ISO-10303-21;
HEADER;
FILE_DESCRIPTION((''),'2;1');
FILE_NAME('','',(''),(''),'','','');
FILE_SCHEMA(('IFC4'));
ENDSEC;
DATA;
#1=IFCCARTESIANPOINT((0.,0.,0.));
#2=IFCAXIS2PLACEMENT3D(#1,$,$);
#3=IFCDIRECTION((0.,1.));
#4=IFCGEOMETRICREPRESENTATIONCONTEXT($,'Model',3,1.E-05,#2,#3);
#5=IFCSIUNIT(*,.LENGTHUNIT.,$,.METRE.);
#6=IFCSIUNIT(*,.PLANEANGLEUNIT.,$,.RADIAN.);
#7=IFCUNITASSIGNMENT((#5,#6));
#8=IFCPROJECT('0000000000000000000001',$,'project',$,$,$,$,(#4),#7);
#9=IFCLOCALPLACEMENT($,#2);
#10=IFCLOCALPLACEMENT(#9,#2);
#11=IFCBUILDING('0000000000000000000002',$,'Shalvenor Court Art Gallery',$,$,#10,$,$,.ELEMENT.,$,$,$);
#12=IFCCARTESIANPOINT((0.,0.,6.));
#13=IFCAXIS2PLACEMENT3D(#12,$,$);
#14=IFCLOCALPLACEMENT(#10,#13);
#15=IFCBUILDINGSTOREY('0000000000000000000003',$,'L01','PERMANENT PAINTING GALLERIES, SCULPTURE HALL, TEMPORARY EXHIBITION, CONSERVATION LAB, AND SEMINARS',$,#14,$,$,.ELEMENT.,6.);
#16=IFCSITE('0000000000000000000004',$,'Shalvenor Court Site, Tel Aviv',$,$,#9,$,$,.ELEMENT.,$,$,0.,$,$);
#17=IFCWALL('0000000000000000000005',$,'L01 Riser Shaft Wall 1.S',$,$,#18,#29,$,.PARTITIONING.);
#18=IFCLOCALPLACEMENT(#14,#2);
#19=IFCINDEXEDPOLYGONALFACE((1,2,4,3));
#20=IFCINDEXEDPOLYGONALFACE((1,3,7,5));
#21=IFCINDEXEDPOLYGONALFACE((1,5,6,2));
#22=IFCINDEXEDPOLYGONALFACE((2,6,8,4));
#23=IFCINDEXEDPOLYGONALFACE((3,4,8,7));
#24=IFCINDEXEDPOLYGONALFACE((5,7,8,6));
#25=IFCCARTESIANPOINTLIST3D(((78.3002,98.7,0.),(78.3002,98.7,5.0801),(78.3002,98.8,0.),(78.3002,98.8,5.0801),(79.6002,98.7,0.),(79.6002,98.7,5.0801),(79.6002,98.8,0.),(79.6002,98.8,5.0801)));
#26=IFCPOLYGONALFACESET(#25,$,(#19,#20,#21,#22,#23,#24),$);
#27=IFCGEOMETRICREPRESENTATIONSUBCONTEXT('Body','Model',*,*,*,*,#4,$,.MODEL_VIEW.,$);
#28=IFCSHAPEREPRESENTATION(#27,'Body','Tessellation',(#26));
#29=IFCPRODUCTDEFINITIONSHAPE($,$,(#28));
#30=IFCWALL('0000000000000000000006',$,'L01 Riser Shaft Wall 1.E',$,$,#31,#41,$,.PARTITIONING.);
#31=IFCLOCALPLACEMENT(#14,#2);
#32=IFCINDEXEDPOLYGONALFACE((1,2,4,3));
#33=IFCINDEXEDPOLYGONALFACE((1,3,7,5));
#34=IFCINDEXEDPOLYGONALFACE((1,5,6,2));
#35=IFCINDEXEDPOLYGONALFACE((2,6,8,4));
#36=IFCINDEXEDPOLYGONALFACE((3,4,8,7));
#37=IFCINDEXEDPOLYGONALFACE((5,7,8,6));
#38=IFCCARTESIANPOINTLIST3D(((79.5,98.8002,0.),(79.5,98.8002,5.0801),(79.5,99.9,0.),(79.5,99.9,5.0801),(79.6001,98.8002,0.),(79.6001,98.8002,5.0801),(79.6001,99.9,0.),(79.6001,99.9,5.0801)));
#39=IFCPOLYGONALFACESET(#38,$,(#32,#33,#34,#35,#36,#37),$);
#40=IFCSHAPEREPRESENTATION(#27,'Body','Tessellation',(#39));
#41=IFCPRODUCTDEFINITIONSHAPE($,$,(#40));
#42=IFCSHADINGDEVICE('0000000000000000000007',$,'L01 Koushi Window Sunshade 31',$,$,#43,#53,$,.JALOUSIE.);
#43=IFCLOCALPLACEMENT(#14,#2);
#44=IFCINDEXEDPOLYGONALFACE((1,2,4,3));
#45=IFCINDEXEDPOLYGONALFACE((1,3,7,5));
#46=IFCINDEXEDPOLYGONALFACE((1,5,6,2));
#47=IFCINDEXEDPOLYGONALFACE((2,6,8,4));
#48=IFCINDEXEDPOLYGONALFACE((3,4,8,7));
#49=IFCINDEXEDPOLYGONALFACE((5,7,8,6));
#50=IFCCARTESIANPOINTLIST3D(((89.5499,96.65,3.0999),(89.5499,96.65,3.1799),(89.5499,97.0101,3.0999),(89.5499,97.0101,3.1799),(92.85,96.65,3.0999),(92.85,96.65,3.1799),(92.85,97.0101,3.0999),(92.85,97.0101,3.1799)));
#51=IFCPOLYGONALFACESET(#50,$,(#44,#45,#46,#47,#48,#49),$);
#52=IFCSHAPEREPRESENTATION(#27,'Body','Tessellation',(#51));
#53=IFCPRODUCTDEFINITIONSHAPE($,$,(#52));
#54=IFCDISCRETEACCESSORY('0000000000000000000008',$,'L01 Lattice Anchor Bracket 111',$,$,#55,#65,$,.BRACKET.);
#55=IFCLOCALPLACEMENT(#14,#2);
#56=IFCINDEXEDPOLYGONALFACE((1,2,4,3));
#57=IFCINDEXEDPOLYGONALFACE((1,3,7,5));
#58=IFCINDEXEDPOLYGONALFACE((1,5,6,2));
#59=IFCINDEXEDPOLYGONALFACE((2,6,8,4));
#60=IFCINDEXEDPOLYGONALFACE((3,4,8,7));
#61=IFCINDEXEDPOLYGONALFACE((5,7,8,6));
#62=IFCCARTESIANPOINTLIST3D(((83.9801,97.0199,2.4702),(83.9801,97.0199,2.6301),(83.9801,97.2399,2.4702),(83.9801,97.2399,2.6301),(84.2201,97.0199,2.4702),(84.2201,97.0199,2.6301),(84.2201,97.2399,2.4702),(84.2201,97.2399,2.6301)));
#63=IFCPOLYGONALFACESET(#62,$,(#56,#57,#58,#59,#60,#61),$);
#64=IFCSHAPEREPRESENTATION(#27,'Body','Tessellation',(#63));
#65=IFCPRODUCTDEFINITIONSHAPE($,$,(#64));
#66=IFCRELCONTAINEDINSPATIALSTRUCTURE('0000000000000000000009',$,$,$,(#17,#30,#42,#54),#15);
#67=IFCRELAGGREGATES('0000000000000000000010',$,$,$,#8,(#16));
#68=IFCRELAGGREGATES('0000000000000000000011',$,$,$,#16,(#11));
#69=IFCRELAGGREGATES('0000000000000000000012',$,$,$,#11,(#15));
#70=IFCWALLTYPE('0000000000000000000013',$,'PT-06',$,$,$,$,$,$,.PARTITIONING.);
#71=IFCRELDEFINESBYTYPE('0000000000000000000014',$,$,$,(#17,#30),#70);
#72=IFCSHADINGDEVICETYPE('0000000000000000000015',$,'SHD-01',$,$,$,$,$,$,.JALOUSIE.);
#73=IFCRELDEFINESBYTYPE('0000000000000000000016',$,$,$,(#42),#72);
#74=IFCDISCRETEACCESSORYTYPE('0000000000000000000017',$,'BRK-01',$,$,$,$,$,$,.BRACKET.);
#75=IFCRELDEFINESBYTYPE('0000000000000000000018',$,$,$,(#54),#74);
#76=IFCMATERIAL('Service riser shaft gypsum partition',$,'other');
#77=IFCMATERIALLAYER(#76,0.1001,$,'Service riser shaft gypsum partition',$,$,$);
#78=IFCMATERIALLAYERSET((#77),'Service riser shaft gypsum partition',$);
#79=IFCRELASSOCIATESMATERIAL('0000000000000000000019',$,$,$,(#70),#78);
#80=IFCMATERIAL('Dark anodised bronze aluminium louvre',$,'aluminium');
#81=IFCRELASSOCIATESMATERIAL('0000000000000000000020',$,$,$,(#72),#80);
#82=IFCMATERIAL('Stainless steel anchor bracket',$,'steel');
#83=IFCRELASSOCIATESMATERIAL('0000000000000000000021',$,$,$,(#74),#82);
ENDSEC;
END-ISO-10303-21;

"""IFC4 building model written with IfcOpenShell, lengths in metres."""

from ifc_helpers import new_model, si_unit, direction, frame, frame_2d, origin, origin_2d, place, context, subcontext, project, spatial, rectangle, extrude, material, layer, layer_set, type_object, element, save


model = new_model("IFC4")

# Units and contexts
model_context = context("Model", 3, precision=1e-05, world=origin(), true_north=direction((0.0, 1.0)))
body_context = subcontext(model_context, "Body", "Model", "MODEL_VIEW")
ifc_project = project(units=[si_unit("LENGTHUNIT", "METRE"), si_unit("PLANEANGLEUNIT", "RADIAN")], contexts=[model_context])

# Site, building, storey
site_placement = place(None, origin())
site = spatial("IfcSite", under=ifc_project, at=site_placement, Name="Shalvenor Court Site, Tel Aviv", CompositionType="ELEMENT", RefElevation=0.0)
building_placement = place(site_placement, origin())
building = spatial("IfcBuilding", under=site, at=building_placement, Name="Shalvenor Court Art Gallery", CompositionType="ELEMENT")
storey_placement = place(building_placement, frame((0.0, 0.0, 6.0)))
storey = spatial("IfcBuildingStorey", under=building, at=storey_placement, Name="L01", Description="PERMANENT PAINTING GALLERIES, SCULPTURE HALL, TEMPORARY EXHIBITION, CONSERVATION LAB, AND SEMINARS", CompositionType="ELEMENT", Elevation=6.0)

# Walls
ifc_material_1 = material(Name="Service riser shaft gypsum partition", Category="other")
ifc_layer_1 = layer(ifc_material_1, 0.1001, Name="Service riser shaft gypsum partition")
ifc_layer_set_1 = layer_set([ifc_layer_1], Name="Service riser shaft gypsum partition")
wall_type_1 = type_object("IfcWallType", Name="PT-06", PredefinedType="PARTITIONING", material=ifc_layer_set_1)
wall_1_placement = place(storey_placement, frame((79.6001, 98.75, 0.0), z_axis=(0.0, 0.0, 1.0), x_axis=(-1.0, 0.0, 0.0)))
element("IfcWall", 1, at=wall_1_placement, inside=storey, type_object=wall_type_1, Name="L01 Riser Shaft Wall 1.S", PredefinedType="PARTITIONING", context=body_context, shape_type="SweptSolid", body=[
    extrude(rectangle(XDim=1.3, YDim=0.1001, at=frame_2d((0.6499, 0.0))), origin(), (0.0, 0.0, 1.0), 5.0801),
])
wall_2_placement = place(storey_placement, frame((79.55, 99.8999, 0.0), z_axis=(0.0, 0.0, 1.0), x_axis=(0.0, -1.0, 0.0)))
element("IfcWall", 2, at=wall_2_placement, inside=storey, type_object=wall_type_1, Name="L01 Riser Shaft Wall 1.E", PredefinedType="PARTITIONING", context=body_context, shape_type="SweptSolid", body=[
    extrude(rectangle(XDim=1.0999, YDim=0.1001, at=frame_2d((0.5498, 0.0))), origin(), (0.0, 0.0, 1.0), 5.0801),
])

# Shading device
ifc_material_2 = material(Name="Dark anodised bronze aluminium louvre", Category="aluminium")
shading_device_type = type_object("IfcShadingDeviceType", Name="SHD-01", PredefinedType="JALOUSIE", material=ifc_material_2)
shading_device_placement = place(storey_placement, frame((91.2, 96.8301, 3.0999), z_axis=(0.0, 0.0, 1.0), x_axis=(-1.0, 0.0, 0.0)))
element("IfcShadingDevice", 3, at=shading_device_placement, inside=storey, type_object=shading_device_type, Name="L01 Koushi Window Sunshade 31", PredefinedType="JALOUSIE", context=body_context, shape_type="SweptSolid", body=[
    extrude(rectangle(XDim=3.3, YDim=0.3601, at=origin_2d()), origin(), (0.0, 0.0, 1.0), 0.0801),
])

# Discrete accessory
ifc_material_3 = material(Name="Stainless steel anchor bracket", Category="steel")
discrete_accessory_type = type_object("IfcDiscreteAccessoryType", Name="BRK-01", PredefinedType="BRACKET", material=ifc_material_3)
discrete_accessory_placement = place(storey_placement, frame((84.1001, 97.1299, 2.4702), z_axis=(0.0, 0.0, 1.0), x_axis=(-1.0, 0.0, 0.0)))
element("IfcDiscreteAccessory", 4, at=discrete_accessory_placement, inside=storey, type_object=discrete_accessory_type, Name="L01 Lattice Anchor Bracket 111", PredefinedType="BRACKET", context=body_context, shape_type="SweptSolid", body=[
    extrude(rectangle(XDim=0.24, YDim=0.22, at=origin_2d()), origin(), (0.0, 0.0, 1.0), 0.1599),
])

save(model, "model.ifc")
